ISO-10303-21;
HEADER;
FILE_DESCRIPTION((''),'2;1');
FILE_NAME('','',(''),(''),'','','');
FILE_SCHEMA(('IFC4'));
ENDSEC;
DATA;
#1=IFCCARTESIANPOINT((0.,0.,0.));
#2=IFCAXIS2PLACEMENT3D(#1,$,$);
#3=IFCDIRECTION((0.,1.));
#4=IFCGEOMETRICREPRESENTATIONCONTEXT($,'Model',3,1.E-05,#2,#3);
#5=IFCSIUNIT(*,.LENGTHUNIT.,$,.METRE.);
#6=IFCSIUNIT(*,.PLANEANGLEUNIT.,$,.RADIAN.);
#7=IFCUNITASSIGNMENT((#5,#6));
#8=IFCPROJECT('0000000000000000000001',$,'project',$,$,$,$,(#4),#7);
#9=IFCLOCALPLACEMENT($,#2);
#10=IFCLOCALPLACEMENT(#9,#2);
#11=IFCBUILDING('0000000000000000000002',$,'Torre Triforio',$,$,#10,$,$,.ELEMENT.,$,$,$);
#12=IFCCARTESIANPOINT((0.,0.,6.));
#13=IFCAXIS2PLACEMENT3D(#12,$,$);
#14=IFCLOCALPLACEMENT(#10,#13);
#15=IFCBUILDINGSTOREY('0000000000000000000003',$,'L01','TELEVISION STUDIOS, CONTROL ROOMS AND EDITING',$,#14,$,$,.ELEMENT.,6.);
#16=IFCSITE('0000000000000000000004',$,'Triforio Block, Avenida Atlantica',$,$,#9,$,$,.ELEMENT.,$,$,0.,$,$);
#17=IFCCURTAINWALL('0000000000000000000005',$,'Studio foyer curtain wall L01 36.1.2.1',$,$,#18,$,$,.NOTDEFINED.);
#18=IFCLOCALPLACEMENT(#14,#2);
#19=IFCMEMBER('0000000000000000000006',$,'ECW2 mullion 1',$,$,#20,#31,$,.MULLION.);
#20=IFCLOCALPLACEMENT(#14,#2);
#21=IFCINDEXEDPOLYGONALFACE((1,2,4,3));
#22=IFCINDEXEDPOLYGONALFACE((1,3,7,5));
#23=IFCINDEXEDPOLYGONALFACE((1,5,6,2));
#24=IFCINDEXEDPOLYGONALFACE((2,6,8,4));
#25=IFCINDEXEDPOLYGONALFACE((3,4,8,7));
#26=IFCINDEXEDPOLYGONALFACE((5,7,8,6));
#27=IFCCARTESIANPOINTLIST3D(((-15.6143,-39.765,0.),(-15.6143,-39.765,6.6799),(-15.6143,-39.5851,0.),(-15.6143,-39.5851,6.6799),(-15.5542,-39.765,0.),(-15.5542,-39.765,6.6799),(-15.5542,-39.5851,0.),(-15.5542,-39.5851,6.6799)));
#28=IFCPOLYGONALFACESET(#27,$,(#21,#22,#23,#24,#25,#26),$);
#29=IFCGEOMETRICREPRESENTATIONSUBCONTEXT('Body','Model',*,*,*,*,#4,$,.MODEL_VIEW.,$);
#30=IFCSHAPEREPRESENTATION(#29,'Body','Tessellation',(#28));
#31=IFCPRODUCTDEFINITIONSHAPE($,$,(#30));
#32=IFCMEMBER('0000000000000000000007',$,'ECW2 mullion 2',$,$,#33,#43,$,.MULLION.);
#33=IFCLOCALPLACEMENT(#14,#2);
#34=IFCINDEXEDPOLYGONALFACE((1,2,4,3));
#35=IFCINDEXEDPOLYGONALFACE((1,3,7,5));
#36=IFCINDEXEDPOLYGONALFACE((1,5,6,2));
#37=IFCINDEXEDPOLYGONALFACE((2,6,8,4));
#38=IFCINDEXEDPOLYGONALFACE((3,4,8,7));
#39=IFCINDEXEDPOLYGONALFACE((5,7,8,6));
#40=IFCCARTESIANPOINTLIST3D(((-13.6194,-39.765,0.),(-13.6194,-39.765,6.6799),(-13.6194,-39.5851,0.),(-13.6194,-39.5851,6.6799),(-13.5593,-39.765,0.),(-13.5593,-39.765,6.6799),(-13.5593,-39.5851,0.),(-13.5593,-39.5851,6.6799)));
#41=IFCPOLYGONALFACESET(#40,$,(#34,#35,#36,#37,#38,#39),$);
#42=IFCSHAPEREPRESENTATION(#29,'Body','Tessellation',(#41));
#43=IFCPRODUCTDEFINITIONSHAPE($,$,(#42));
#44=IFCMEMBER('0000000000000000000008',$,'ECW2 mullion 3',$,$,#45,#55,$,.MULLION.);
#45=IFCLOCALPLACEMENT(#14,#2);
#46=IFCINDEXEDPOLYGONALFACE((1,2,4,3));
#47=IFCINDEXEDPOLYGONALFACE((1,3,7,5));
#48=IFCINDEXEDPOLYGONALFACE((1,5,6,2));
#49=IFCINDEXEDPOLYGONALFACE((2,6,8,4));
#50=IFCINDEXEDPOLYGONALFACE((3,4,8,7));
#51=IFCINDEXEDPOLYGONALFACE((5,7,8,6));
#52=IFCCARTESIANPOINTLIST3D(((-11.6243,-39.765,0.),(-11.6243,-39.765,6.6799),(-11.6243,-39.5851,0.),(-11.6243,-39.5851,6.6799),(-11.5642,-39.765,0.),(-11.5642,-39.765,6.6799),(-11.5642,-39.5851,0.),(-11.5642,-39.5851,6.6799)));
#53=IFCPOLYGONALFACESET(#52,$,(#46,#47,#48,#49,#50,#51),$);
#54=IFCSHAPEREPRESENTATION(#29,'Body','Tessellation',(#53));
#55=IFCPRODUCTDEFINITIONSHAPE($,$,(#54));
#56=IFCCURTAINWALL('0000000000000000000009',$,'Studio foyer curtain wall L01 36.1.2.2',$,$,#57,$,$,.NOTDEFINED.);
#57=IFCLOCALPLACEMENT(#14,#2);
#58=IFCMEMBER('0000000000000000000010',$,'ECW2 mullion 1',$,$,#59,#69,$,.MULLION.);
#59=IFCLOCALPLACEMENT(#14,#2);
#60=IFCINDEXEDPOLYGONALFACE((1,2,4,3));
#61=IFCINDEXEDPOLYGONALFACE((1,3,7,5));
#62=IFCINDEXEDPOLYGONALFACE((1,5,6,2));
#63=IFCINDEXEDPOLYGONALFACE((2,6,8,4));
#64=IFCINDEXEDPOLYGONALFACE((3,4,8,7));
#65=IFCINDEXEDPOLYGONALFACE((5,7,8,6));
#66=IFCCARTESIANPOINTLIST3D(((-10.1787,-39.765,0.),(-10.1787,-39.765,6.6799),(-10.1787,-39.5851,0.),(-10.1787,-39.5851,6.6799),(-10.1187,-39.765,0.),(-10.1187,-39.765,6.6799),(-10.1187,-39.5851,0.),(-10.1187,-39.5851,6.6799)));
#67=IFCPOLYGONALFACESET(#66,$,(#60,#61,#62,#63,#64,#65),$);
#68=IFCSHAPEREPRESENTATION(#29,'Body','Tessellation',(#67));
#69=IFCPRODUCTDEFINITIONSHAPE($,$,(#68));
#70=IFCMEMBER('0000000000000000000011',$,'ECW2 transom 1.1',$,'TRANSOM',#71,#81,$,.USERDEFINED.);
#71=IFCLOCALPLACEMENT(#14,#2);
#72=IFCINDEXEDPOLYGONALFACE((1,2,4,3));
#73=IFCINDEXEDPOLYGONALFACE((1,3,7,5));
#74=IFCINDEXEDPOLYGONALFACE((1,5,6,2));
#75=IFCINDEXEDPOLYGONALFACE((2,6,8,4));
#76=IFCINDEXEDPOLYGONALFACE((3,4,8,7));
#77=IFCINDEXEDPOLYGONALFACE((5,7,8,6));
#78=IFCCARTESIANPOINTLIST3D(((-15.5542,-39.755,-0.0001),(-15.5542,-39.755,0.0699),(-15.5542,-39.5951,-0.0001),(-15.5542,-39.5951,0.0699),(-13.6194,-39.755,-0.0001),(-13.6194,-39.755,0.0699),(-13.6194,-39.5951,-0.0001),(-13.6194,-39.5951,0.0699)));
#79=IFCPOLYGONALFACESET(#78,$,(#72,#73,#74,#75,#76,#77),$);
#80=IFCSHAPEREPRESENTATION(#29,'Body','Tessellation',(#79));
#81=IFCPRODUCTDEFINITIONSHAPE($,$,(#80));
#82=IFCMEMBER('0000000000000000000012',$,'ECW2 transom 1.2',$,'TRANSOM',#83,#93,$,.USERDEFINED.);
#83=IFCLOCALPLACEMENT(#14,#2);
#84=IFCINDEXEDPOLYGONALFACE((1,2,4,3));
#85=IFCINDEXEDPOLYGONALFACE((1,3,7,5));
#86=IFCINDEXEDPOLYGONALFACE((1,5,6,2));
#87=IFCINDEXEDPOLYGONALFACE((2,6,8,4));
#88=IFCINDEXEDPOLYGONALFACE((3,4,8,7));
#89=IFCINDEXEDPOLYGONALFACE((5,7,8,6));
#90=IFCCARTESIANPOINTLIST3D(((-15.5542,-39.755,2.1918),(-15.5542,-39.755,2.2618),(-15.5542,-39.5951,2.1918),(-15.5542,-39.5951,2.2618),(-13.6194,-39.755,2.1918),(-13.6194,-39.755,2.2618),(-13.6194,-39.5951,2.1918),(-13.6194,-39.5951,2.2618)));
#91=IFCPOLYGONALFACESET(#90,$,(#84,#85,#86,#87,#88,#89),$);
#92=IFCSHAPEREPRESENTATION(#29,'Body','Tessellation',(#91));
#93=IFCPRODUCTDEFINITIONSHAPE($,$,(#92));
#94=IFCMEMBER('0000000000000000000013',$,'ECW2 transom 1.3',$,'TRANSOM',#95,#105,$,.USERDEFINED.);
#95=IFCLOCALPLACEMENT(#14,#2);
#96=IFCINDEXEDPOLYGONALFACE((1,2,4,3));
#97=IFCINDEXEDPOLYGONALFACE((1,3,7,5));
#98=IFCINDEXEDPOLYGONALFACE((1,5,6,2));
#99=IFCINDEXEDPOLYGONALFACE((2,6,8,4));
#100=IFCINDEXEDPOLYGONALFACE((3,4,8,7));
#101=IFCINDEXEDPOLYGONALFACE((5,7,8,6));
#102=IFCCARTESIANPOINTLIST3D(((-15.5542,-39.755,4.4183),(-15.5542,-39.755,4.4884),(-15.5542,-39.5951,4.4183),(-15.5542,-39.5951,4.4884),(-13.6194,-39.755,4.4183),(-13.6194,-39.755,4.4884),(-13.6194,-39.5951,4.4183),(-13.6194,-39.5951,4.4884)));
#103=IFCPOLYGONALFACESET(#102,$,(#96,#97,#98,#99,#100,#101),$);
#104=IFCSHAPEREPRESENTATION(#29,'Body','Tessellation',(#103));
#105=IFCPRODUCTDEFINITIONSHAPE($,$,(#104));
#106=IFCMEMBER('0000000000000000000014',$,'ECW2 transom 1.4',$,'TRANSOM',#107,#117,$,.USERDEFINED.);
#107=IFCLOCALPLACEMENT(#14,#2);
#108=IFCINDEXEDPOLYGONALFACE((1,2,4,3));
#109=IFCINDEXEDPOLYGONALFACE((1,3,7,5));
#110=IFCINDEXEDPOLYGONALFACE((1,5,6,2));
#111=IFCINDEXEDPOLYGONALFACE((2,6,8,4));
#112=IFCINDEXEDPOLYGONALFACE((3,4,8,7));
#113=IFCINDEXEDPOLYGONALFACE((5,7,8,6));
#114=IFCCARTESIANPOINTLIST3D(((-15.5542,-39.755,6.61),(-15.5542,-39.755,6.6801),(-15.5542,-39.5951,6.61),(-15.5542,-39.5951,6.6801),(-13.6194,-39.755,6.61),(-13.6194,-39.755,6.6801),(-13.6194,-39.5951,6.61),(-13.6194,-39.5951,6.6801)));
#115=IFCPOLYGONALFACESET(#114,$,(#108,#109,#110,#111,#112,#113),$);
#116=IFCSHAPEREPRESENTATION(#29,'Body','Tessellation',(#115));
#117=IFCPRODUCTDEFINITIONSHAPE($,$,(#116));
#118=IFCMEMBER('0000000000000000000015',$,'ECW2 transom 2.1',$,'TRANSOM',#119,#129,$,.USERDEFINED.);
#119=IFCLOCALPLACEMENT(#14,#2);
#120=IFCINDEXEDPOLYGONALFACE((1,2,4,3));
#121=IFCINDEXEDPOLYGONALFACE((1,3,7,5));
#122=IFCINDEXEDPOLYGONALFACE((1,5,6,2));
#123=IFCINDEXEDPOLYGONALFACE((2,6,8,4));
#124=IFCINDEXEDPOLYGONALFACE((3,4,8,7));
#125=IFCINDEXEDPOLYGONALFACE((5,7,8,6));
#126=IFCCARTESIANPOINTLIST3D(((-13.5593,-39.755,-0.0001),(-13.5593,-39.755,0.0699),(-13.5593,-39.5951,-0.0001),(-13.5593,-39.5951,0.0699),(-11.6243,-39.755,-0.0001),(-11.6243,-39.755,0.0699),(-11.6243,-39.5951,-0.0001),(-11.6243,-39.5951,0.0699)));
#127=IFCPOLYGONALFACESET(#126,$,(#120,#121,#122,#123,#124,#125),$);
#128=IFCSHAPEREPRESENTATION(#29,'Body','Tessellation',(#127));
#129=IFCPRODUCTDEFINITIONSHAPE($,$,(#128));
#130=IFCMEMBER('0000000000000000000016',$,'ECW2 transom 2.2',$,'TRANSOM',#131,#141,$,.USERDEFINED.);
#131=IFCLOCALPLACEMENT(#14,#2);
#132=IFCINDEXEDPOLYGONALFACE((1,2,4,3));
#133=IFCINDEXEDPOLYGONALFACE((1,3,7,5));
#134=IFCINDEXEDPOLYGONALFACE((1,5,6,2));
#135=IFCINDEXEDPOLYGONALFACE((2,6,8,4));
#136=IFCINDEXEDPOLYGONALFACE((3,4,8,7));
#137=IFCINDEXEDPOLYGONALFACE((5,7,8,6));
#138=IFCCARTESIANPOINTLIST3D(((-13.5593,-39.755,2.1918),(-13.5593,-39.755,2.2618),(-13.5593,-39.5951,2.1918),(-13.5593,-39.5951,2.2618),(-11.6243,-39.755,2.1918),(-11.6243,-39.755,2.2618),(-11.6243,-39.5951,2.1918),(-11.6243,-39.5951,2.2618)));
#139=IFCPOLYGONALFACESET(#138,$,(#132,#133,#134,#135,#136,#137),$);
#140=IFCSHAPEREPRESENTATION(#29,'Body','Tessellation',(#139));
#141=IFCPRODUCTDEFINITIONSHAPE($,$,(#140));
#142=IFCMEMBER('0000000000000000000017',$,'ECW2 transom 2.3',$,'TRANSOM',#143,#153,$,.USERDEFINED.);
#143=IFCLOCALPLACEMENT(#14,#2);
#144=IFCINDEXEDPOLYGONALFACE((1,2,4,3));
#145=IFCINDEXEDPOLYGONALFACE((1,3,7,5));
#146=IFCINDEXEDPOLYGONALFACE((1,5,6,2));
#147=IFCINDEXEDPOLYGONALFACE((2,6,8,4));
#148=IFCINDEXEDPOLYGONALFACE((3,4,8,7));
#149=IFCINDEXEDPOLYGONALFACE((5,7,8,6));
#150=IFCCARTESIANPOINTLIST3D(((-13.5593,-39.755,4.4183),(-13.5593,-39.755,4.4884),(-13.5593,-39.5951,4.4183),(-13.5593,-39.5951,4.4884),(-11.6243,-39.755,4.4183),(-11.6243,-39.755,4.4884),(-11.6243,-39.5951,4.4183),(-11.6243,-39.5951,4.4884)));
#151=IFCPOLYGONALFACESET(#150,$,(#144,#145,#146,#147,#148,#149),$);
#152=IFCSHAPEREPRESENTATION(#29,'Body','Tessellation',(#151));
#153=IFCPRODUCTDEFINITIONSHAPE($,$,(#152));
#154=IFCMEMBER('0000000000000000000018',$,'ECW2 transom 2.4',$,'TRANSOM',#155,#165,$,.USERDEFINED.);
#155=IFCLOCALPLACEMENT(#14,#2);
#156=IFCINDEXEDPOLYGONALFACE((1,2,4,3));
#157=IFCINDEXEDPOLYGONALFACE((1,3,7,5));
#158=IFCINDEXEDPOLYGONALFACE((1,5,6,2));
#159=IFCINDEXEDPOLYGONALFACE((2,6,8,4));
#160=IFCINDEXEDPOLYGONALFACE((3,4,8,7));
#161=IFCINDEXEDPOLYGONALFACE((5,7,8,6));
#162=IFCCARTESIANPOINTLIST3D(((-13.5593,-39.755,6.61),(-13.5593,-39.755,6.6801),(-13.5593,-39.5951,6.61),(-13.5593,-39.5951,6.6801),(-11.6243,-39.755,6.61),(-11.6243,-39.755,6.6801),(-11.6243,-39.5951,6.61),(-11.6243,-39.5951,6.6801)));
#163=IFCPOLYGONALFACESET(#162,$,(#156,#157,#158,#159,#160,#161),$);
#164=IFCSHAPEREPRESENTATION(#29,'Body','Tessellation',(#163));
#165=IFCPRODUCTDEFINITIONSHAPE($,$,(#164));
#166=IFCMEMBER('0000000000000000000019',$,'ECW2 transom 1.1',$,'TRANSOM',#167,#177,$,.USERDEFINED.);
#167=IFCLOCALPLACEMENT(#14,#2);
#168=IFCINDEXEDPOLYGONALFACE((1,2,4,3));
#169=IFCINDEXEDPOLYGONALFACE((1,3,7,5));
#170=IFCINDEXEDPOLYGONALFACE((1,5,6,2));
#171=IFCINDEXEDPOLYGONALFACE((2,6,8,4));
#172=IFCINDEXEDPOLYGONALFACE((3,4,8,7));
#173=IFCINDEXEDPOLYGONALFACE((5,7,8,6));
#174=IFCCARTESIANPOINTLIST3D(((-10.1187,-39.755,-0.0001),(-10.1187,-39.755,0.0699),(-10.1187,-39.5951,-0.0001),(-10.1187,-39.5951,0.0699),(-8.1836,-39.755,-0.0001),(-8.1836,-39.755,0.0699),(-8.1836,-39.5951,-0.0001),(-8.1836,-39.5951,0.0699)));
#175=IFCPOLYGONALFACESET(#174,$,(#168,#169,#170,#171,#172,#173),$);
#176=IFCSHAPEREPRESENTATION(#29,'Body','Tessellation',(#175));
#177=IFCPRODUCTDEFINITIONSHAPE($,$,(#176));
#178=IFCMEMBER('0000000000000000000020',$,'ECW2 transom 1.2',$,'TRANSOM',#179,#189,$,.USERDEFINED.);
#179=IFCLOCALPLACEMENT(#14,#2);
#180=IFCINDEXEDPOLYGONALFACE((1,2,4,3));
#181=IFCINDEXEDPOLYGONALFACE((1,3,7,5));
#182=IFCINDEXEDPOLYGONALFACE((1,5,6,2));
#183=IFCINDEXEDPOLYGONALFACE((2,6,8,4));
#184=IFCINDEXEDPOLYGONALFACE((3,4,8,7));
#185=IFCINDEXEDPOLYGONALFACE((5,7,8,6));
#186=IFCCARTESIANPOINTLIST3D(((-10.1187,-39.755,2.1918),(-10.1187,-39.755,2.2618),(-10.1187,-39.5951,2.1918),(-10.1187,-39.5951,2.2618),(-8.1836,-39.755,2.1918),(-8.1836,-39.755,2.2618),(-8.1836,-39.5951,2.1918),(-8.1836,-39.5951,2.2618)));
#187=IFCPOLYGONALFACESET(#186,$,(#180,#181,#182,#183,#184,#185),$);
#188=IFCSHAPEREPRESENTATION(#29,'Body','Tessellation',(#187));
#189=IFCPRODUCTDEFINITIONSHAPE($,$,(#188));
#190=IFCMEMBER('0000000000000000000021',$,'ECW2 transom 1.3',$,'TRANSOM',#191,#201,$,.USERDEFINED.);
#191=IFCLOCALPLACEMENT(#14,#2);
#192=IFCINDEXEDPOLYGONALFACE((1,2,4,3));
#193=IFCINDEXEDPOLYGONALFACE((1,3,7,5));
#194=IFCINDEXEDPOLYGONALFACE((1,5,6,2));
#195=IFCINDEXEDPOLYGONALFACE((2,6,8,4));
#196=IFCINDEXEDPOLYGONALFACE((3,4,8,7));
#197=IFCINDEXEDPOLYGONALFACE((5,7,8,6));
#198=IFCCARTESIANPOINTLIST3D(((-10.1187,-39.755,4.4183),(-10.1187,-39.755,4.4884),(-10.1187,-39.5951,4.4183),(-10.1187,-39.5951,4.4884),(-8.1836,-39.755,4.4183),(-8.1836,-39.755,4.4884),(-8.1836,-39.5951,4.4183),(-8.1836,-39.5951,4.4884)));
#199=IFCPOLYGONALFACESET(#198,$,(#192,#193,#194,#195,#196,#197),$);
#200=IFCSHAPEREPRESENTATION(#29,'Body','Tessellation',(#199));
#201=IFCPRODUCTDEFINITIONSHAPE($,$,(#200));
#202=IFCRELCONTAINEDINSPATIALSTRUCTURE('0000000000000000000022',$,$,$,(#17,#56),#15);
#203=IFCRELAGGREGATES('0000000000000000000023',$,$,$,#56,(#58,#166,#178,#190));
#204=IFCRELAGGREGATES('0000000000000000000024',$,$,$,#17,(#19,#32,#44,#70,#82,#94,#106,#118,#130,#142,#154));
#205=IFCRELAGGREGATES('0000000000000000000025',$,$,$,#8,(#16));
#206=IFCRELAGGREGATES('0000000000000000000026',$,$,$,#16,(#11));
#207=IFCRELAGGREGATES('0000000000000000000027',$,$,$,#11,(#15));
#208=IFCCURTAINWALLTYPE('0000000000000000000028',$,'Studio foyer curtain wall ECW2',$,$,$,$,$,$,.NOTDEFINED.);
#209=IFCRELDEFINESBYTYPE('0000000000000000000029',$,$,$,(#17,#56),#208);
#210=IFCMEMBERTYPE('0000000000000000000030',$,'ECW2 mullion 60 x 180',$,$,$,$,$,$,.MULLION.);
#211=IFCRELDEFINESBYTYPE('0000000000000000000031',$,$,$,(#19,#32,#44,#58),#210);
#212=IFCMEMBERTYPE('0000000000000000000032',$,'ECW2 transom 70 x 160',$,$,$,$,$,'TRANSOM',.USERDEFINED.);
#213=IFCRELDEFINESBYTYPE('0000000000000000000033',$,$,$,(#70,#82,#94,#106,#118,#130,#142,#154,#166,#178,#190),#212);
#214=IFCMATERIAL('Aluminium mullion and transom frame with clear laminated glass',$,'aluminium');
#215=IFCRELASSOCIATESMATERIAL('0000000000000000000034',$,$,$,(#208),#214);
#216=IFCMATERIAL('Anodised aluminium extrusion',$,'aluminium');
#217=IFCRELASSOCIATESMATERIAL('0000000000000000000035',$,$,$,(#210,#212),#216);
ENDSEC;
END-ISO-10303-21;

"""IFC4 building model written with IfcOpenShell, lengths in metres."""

from ifc_helpers import new_model, si_unit, direction, frame, origin, origin_2d, place, context, subcontext, project, spatial, rectangle, extrude, material, material_profile, profile_set, type_object, element, aggregate, save


model = new_model("IFC4")

# Units and contexts
model_context = context("Model", 3, precision=1e-05, world=origin(), true_north=direction((0.0, 1.0)))
body_context = subcontext(model_context, "Body", "Model", "MODEL_VIEW")
ifc_project = project(units=[si_unit("LENGTHUNIT", "METRE"), si_unit("PLANEANGLEUNIT", "RADIAN")], contexts=[model_context])

# Site, building, storey
site_placement = place(None, origin())
site = spatial("IfcSite", under=ifc_project, at=site_placement, Name="Triforio Block, Avenida Atlantica", CompositionType="ELEMENT", RefElevation=0.0)
building_placement = place(site_placement, origin())
building = spatial("IfcBuilding", under=site, at=building_placement, Name="Torre Triforio", CompositionType="ELEMENT")
storey_placement = place(building_placement, frame((0.0, 0.0, 6.0)))
storey = spatial("IfcBuildingStorey", under=building, at=storey_placement, Name="L01", Description="TELEVISION STUDIOS, CONTROL ROOMS AND EDITING", CompositionType="ELEMENT", Elevation=6.0)

# Curtain wall, members
ifc_material_1 = material(Name="Aluminium mullion and transom frame with clear laminated glass", Category="aluminium")
curtain_wall_type = type_object("IfcCurtainWallType", Name="Studio foyer curtain wall ECW2", PredefinedType="NOTDEFINED", material=ifc_material_1)
curtain_wall_1_placement = place(storey_placement, origin())
curtain_wall_1 = element("IfcCurtainWall", 1, at=curtain_wall_1_placement, inside=storey, type_object=curtain_wall_type, Name="Studio foyer curtain wall L01 36.1.2.1", PredefinedType="NOTDEFINED")
ifc_material_2 = material(Name="Anodised aluminium extrusion", Category="aluminium")
ifc_material_profile_1 = material_profile(ifc_material_2, rectangle(XDim=0.1799, YDim=0.0601, at=origin_2d()), Name="ECW2 MULLION 60x180")
ifc_profile_set_1 = profile_set([ifc_material_profile_1], Name="Anodised aluminium extrusion")
member_type_1 = type_object("IfcMemberType", Name="ECW2 mullion 60 x 180", PredefinedType="MULLION", material=ifc_profile_set_1)
member_1_placement = place(storey_placement, frame((-15.5842, -39.675, 0.0), z_axis=(0.0, 0.0, 1.0), x_axis=(0.0, 1.0, 0.0)))
member_1 = element("IfcMember", 2, at=member_1_placement, type_object=member_type_1, Name="ECW2 mullion 1", PredefinedType="MULLION", context=body_context, shape_type="SweptSolid", body=[
    extrude(rectangle(XDim=0.1799, YDim=0.0601, at=origin_2d()), origin(), (0.0, 0.0, 1.0), 6.6799),
])
member_2_placement = place(storey_placement, frame((-13.5894, -39.675, 0.0), z_axis=(0.0, 0.0, 1.0), x_axis=(0.0, 1.0, 0.0)))
member_2 = element("IfcMember", 3, at=member_2_placement, type_object=member_type_1, Name="ECW2 mullion 2", PredefinedType="MULLION", context=body_context, shape_type="SweptSolid", body=[
    extrude(rectangle(XDim=0.1799, YDim=0.0601, at=origin_2d()), origin(), (0.0, 0.0, 1.0), 6.6799),
])
member_3_placement = place(storey_placement, frame((-11.5942, -39.675, 0.0), z_axis=(0.0, 0.0, 1.0), x_axis=(0.0, 1.0, 0.0)))
member_3 = element("IfcMember", 4, at=member_3_placement, type_object=member_type_1, Name="ECW2 mullion 3", PredefinedType="MULLION", context=body_context, shape_type="SweptSolid", body=[
    extrude(rectangle(XDim=0.1799, YDim=0.0601, at=origin_2d()), origin(), (0.0, 0.0, 1.0), 6.6799),
])

# Curtain wall, member
curtain_wall_2_placement = place(storey_placement, origin())
curtain_wall_2 = element("IfcCurtainWall", 5, at=curtain_wall_2_placement, inside=storey, type_object=curtain_wall_type, Name="Studio foyer curtain wall L01 36.1.2.2", PredefinedType="NOTDEFINED")
member_4_placement = place(storey_placement, frame((-10.1487, -39.675, 0.0), z_axis=(0.0, 0.0, 1.0), x_axis=(0.0, 1.0, 0.0)))
member_4 = element("IfcMember", 6, at=member_4_placement, type_object=member_type_1, Name="ECW2 mullion 1", PredefinedType="MULLION", context=body_context, shape_type="SweptSolid", body=[
    extrude(rectangle(XDim=0.1799, YDim=0.0601, at=origin_2d()), origin(), (0.0, 0.0, 1.0), 6.6799),
])

# Members
ifc_material_profile_2 = material_profile(ifc_material_2, rectangle(XDim=0.1599, YDim=0.0701, at=origin_2d()), Name="ECW2 TRANSOM 70x160")
ifc_profile_set_2 = profile_set([ifc_material_profile_2], Name="Anodised aluminium extrusion")
member_type_2 = type_object("IfcMemberType", Name="ECW2 transom 70 x 160", ElementType="TRANSOM", PredefinedType="USERDEFINED", material=ifc_profile_set_2)
member_5_placement = place(storey_placement, frame((-15.5542, -39.675, 0.0349), z_axis=(1.0, 0.0, 0.0), x_axis=(0.0, 1.0, 0.0)))
member_5 = element("IfcMember", 7, at=member_5_placement, type_object=member_type_2, Name="ECW2 transom 1.1", ObjectType="TRANSOM", PredefinedType="USERDEFINED", context=body_context, shape_type="SweptSolid", body=[
    extrude(rectangle(XDim=0.1599, YDim=0.0701, at=origin_2d()), origin(), (0.0, 0.0, 1.0), 1.9348),
])
member_6_placement = place(storey_placement, frame((-15.5542, -39.675, 2.2268), z_axis=(1.0, 0.0, 0.0), x_axis=(0.0, 1.0, 0.0)))
member_6 = element("IfcMember", 8, at=member_6_placement, type_object=member_type_2, Name="ECW2 transom 1.2", ObjectType="TRANSOM", PredefinedType="USERDEFINED", context=body_context, shape_type="SweptSolid", body=[
    extrude(rectangle(XDim=0.1599, YDim=0.0701, at=origin_2d()), origin(), (0.0, 0.0, 1.0), 1.9348),
])
member_7_placement = place(storey_placement, frame((-15.5542, -39.675, 4.4534), z_axis=(1.0, 0.0, 0.0), x_axis=(0.0, 1.0, 0.0)))
member_7 = element("IfcMember", 9, at=member_7_placement, type_object=member_type_2, Name="ECW2 transom 1.3", ObjectType="TRANSOM", PredefinedType="USERDEFINED", context=body_context, shape_type="SweptSolid", body=[
    extrude(rectangle(XDim=0.1599, YDim=0.0701, at=origin_2d()), origin(), (0.0, 0.0, 1.0), 1.9348),
])
member_8_placement = place(storey_placement, frame((-15.5542, -39.675, 6.645), z_axis=(1.0, 0.0, 0.0), x_axis=(0.0, 1.0, 0.0)))
member_8 = element("IfcMember", 10, at=member_8_placement, type_object=member_type_2, Name="ECW2 transom 1.4", ObjectType="TRANSOM", PredefinedType="USERDEFINED", context=body_context, shape_type="SweptSolid", body=[
    extrude(rectangle(XDim=0.1599, YDim=0.0701, at=origin_2d()), origin(), (0.0, 0.0, 1.0), 1.9348),
])
member_9_placement = place(storey_placement, frame((-13.5593, -39.675, 0.0349), z_axis=(1.0, 0.0, 0.0), x_axis=(0.0, 1.0, 0.0)))
member_9 = element("IfcMember", 11, at=member_9_placement, type_object=member_type_2, Name="ECW2 transom 2.1", ObjectType="TRANSOM", PredefinedType="USERDEFINED", context=body_context, shape_type="SweptSolid", body=[
    extrude(rectangle(XDim=0.1599, YDim=0.0701, at=origin_2d()), origin(), (0.0, 0.0, 1.0), 1.9351),
])
member_10_placement = place(storey_placement, frame((-13.5593, -39.675, 2.2268), z_axis=(1.0, 0.0, 0.0), x_axis=(0.0, 1.0, 0.0)))
member_10 = element("IfcMember", 12, at=member_10_placement, type_object=member_type_2, Name="ECW2 transom 2.2", ObjectType="TRANSOM", PredefinedType="USERDEFINED", context=body_context, shape_type="SweptSolid", body=[
    extrude(rectangle(XDim=0.1599, YDim=0.0701, at=origin_2d()), origin(), (0.0, 0.0, 1.0), 1.9351),
])
member_11_placement = place(storey_placement, frame((-13.5593, -39.675, 4.4534), z_axis=(1.0, 0.0, 0.0), x_axis=(0.0, 1.0, 0.0)))
member_11 = element("IfcMember", 13, at=member_11_placement, type_object=member_type_2, Name="ECW2 transom 2.3", ObjectType="TRANSOM", PredefinedType="USERDEFINED", context=body_context, shape_type="SweptSolid", body=[
    extrude(rectangle(XDim=0.1599, YDim=0.0701, at=origin_2d()), origin(), (0.0, 0.0, 1.0), 1.9351),
])
member_12_placement = place(storey_placement, frame((-13.5593, -39.675, 6.645), z_axis=(1.0, 0.0, 0.0), x_axis=(0.0, 1.0, 0.0)))
member_12 = element("IfcMember", 14, at=member_12_placement, type_object=member_type_2, Name="ECW2 transom 2.4", ObjectType="TRANSOM", PredefinedType="USERDEFINED", context=body_context, shape_type="SweptSolid", body=[
    extrude(rectangle(XDim=0.1599, YDim=0.0701, at=origin_2d()), origin(), (0.0, 0.0, 1.0), 1.9351),
])
member_13_placement = place(storey_placement, frame((-10.1187, -39.675, 0.0349), z_axis=(1.0, 0.0, 0.0), x_axis=(0.0, 1.0, 0.0)))
member_13 = element("IfcMember", 15, at=member_13_placement, type_object=member_type_2, Name="ECW2 transom 1.1", ObjectType="TRANSOM", PredefinedType="USERDEFINED", context=body_context, shape_type="SweptSolid", body=[
    extrude(rectangle(XDim=0.1599, YDim=0.0701, at=origin_2d()), origin(), (0.0, 0.0, 1.0), 1.9351),
])
member_14_placement = place(storey_placement, frame((-10.1187, -39.675, 2.2268), z_axis=(1.0, 0.0, 0.0), x_axis=(0.0, 1.0, 0.0)))
member_14 = element("IfcMember", 16, at=member_14_placement, type_object=member_type_2, Name="ECW2 transom 1.2", ObjectType="TRANSOM", PredefinedType="USERDEFINED", context=body_context, shape_type="SweptSolid", body=[
    extrude(rectangle(XDim=0.1599, YDim=0.0701, at=origin_2d()), origin(), (0.0, 0.0, 1.0), 1.9351),
])
member_15_placement = place(storey_placement, frame((-10.1187, -39.675, 4.4534), z_axis=(1.0, 0.0, 0.0), x_axis=(0.0, 1.0, 0.0)))
member_15 = element("IfcMember", 17, at=member_15_placement, type_object=member_type_2, Name="ECW2 transom 1.3", ObjectType="TRANSOM", PredefinedType="USERDEFINED", context=body_context, shape_type="SweptSolid", body=[
    extrude(rectangle(XDim=0.1599, YDim=0.0701, at=origin_2d()), origin(), (0.0, 0.0, 1.0), 1.9351),
])
aggregate(curtain_wall_2, [member_4, member_13, member_14, member_15])

aggregate(curtain_wall_1, [member_1, member_2, member_3, member_5, member_6, member_7, member_8, member_9, member_10, member_11, member_12])

save(model, "model.ifc")
